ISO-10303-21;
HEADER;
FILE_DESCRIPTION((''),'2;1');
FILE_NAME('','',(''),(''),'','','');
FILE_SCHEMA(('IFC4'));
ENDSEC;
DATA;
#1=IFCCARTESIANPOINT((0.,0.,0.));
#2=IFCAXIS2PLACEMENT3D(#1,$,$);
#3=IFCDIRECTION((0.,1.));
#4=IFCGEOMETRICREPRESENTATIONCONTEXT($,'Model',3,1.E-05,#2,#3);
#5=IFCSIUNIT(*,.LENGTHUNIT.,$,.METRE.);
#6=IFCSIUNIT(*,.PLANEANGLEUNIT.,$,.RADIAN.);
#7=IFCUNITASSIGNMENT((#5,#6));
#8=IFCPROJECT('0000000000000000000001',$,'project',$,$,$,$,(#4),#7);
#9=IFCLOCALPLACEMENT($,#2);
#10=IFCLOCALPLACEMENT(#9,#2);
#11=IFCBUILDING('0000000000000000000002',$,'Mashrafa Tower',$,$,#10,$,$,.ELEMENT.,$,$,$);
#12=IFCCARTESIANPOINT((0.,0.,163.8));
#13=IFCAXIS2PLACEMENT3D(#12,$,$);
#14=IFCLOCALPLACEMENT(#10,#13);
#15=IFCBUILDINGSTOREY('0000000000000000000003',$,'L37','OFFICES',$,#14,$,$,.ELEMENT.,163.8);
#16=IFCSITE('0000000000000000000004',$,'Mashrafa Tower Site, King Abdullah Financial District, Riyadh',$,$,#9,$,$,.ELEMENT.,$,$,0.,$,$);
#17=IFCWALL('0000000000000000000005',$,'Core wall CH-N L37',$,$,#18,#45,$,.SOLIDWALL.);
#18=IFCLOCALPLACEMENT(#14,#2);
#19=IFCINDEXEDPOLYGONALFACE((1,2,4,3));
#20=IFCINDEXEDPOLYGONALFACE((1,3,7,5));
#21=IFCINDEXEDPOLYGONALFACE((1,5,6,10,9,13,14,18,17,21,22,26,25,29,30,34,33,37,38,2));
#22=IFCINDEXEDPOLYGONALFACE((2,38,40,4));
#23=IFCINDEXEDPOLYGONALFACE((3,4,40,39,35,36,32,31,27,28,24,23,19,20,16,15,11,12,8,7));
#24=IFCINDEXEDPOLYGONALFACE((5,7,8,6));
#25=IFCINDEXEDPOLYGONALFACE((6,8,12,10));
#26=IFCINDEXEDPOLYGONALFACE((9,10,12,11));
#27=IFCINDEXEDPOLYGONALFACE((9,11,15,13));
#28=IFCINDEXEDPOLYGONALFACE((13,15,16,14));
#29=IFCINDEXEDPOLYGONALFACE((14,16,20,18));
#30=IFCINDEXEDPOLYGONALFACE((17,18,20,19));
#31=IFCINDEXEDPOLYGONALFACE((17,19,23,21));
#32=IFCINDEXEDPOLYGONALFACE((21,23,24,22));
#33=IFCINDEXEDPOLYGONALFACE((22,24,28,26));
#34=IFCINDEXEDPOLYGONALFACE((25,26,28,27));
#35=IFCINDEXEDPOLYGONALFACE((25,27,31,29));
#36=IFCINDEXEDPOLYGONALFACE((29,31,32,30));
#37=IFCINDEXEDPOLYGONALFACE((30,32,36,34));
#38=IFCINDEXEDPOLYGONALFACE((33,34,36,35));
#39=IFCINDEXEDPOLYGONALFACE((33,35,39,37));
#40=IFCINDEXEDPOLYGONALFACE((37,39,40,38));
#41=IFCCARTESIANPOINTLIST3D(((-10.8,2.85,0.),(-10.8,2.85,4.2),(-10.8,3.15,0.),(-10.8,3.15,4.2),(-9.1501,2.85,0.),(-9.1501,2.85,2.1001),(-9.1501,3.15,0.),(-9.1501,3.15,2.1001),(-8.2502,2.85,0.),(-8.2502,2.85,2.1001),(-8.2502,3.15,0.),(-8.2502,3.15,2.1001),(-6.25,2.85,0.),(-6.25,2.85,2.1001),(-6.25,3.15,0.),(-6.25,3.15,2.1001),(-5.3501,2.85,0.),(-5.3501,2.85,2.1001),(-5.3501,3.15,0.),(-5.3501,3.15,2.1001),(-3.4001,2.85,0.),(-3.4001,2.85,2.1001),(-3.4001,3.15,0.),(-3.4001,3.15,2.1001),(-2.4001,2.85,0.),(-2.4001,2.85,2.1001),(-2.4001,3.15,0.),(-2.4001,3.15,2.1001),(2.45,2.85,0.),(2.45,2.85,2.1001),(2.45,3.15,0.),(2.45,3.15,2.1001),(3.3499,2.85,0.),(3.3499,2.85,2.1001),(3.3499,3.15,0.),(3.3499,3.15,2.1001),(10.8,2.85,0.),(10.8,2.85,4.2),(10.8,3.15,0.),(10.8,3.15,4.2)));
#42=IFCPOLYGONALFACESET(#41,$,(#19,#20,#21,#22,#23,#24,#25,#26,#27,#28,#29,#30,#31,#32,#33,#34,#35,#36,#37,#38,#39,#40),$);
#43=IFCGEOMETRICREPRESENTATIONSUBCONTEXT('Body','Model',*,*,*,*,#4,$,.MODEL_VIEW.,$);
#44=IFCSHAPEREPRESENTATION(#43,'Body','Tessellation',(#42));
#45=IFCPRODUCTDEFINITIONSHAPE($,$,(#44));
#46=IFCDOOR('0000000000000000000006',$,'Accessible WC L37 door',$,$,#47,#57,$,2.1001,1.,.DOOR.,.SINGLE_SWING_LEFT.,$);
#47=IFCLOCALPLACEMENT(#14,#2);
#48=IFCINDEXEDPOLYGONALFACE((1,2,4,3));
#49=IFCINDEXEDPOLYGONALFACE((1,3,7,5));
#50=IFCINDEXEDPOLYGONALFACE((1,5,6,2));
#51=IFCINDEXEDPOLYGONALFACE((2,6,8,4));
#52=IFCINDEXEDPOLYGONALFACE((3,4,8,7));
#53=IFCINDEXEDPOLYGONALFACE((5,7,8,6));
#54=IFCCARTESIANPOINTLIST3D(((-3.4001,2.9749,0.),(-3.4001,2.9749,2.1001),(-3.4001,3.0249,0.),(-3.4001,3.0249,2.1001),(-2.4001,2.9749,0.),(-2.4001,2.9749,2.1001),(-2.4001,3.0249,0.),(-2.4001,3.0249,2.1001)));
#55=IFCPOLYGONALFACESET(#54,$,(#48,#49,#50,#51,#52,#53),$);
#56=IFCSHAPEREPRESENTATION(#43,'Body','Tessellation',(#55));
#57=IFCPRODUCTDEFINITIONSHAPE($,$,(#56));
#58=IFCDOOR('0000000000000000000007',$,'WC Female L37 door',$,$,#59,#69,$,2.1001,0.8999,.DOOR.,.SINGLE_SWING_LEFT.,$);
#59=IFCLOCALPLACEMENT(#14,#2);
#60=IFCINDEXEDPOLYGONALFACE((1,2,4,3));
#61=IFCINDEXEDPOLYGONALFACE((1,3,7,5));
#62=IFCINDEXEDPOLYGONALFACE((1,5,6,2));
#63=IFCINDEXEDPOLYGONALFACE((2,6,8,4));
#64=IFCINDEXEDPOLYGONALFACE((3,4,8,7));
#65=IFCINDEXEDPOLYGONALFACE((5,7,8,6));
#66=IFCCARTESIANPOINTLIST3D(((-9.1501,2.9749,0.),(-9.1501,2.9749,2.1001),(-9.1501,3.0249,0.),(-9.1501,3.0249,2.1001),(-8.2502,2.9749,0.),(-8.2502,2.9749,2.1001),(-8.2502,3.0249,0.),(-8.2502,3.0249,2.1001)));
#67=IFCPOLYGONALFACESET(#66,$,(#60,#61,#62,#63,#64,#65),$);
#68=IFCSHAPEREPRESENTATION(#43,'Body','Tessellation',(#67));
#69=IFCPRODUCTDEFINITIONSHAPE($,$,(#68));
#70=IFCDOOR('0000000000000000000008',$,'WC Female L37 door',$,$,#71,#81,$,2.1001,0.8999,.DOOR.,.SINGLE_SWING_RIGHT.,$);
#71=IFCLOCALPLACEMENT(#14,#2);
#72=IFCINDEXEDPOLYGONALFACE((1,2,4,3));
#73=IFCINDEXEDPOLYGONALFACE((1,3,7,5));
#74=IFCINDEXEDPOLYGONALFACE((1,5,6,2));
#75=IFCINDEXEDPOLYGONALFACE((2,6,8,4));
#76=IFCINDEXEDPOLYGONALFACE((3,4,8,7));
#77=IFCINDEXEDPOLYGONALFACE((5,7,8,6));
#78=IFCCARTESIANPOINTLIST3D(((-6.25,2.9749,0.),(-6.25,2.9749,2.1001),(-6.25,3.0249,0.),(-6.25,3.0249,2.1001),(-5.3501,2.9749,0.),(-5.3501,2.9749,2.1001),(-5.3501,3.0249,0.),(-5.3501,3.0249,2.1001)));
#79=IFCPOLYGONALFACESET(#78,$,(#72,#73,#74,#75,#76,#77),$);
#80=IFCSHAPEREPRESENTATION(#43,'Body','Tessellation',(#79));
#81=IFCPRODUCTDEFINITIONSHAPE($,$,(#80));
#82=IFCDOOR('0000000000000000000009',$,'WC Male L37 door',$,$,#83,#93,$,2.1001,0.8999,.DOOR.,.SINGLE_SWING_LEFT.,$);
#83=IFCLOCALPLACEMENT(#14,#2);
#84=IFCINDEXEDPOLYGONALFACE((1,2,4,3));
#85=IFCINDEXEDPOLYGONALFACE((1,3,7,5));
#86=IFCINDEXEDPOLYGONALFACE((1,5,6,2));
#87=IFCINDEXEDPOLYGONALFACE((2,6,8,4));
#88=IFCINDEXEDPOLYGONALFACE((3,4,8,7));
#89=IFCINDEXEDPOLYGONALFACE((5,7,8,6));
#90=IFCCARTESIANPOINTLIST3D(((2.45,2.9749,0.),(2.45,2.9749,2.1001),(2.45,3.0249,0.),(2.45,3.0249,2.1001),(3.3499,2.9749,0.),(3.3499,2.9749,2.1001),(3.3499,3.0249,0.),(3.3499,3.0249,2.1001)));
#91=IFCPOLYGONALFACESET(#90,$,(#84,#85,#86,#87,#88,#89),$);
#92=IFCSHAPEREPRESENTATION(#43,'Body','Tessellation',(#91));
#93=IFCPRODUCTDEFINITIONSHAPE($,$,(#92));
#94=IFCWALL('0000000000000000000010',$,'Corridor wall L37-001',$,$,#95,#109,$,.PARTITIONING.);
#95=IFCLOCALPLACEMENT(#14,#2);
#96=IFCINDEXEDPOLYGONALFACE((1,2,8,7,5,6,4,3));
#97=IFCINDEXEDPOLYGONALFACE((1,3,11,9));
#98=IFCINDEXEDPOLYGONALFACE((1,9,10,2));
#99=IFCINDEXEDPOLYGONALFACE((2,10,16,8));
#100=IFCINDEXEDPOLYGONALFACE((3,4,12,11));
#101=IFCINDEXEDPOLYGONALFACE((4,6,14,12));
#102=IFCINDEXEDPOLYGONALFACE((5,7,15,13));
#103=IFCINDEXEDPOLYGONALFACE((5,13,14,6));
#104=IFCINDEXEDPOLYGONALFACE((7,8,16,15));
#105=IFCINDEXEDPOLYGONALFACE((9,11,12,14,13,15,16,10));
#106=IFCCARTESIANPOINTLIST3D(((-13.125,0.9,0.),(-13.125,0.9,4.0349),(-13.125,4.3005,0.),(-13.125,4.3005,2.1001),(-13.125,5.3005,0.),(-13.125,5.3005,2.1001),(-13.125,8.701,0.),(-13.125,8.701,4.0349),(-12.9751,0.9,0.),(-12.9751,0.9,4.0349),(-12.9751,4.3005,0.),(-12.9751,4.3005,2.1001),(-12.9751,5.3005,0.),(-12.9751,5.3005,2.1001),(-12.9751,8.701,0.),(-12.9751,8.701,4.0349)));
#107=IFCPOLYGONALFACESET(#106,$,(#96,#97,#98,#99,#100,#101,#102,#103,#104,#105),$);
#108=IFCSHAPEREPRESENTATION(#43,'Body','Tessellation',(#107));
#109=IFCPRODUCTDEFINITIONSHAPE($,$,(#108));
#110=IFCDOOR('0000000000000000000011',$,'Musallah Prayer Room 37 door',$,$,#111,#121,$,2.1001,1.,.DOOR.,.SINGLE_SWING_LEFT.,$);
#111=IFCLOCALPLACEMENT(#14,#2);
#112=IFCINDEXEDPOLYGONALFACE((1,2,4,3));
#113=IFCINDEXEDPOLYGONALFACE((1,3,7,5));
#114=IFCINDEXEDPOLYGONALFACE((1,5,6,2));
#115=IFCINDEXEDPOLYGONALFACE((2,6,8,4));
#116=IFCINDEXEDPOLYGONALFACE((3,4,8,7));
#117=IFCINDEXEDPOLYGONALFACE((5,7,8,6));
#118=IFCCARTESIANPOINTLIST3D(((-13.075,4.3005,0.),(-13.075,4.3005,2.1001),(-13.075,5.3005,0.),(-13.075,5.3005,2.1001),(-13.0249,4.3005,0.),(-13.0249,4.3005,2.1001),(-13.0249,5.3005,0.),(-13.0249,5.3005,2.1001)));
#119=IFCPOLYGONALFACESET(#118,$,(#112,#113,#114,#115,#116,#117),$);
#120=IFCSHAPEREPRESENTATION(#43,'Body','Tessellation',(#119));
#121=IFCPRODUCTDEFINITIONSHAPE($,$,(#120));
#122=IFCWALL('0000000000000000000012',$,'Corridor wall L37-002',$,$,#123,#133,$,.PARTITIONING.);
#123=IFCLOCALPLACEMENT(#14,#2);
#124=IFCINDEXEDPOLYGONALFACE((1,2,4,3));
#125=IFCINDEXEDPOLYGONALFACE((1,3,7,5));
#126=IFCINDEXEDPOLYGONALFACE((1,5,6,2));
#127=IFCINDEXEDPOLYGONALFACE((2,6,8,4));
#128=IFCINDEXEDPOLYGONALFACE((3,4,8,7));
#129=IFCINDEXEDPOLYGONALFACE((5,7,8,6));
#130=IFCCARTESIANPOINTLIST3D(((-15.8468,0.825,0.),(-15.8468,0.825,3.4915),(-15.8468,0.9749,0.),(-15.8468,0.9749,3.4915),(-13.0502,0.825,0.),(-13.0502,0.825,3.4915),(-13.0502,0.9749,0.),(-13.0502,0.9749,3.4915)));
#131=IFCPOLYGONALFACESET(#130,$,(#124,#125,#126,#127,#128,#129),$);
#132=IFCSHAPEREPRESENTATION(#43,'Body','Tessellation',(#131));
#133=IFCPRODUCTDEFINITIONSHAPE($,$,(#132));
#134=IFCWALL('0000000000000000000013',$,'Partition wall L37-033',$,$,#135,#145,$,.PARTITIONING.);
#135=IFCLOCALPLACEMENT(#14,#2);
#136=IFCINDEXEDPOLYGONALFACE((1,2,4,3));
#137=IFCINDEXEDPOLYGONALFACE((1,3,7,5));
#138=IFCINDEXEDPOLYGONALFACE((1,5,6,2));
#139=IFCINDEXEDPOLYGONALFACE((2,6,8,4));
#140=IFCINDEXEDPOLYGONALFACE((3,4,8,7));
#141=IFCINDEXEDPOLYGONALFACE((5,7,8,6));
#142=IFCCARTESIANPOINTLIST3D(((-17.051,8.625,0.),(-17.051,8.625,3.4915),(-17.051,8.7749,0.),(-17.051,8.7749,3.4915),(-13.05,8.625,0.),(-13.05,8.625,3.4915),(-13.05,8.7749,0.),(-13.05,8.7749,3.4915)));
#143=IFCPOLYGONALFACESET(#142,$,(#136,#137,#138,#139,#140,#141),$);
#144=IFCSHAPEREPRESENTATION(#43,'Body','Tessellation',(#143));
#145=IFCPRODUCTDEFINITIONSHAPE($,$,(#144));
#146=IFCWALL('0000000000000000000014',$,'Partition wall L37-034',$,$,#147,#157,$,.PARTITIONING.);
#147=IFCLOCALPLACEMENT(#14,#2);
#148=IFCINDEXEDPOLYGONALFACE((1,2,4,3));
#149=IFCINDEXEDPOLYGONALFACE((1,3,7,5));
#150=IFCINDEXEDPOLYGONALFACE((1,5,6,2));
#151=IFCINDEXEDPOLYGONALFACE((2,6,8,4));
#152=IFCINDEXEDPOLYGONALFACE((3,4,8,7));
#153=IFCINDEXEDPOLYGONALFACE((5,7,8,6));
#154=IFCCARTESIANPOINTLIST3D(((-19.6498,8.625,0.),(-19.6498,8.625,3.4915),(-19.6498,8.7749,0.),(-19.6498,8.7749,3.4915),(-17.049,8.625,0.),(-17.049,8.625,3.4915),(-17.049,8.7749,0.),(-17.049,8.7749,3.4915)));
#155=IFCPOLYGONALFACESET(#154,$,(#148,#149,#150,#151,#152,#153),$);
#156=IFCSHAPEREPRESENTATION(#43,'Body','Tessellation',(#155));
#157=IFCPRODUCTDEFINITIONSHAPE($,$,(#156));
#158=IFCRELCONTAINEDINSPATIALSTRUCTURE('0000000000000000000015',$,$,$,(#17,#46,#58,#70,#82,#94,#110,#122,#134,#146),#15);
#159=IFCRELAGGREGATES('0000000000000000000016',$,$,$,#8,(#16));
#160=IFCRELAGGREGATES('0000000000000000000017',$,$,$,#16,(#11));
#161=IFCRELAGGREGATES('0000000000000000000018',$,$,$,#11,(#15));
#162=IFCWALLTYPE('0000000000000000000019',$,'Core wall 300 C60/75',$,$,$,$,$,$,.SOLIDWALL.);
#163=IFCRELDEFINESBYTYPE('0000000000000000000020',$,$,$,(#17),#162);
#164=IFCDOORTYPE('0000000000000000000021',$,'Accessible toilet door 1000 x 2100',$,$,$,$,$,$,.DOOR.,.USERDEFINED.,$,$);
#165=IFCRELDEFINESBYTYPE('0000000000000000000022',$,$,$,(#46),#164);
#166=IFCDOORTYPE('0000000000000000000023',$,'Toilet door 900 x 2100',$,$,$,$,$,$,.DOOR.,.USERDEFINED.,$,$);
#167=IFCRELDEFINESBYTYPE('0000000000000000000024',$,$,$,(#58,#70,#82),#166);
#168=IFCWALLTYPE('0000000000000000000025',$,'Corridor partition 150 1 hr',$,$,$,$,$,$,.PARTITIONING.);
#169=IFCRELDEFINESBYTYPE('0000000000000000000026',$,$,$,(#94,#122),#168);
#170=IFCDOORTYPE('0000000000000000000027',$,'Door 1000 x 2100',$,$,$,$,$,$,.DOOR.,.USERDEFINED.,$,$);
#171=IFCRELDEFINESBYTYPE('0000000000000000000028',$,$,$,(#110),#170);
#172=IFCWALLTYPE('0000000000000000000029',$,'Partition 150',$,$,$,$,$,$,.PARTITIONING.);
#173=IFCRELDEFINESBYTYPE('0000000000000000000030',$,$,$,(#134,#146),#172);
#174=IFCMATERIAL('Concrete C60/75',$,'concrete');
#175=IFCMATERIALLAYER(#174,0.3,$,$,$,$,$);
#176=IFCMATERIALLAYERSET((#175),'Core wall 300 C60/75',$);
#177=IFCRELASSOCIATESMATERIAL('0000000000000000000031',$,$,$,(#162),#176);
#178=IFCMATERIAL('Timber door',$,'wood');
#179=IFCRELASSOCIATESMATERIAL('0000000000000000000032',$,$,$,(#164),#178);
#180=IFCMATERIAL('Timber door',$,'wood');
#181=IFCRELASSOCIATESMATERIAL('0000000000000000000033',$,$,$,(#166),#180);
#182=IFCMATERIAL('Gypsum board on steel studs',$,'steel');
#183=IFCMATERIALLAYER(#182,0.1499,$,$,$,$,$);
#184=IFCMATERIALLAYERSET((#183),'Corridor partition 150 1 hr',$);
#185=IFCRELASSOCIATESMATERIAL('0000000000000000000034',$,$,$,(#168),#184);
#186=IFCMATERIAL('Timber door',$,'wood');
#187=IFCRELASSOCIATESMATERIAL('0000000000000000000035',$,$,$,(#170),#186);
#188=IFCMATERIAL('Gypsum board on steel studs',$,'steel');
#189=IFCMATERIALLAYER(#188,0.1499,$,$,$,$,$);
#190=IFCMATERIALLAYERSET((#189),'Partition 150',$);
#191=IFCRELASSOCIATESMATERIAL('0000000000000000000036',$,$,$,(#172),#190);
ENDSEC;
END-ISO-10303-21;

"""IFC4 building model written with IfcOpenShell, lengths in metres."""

from ifc_helpers import new_model, si_unit, direction, frame, frame_2d, origin, place, context, subcontext, project, spatial, rectangle, extrude, material, layer, layer_set, type_object, element, fill, save


model = new_model("IFC4")

# Units and contexts
model_context = context("Model", 3, precision=1e-05, world=origin(), true_north=direction((0.0, 1.0)))
body_context = subcontext(model_context, "Body", "Model", "MODEL_VIEW")
ifc_project = project(units=[si_unit("LENGTHUNIT", "METRE"), si_unit("PLANEANGLEUNIT", "RADIAN")], contexts=[model_context])

# Site, building, storey
site_placement = place(None, origin())
site = spatial("IfcSite", under=ifc_project, at=site_placement, Name="Mashrafa Tower Site, King Abdullah Financial District, Riyadh", CompositionType="ELEMENT", RefElevation=0.0)
building_placement = place(site_placement, origin())
building = spatial("IfcBuilding", under=site, at=building_placement, Name="Mashrafa Tower", CompositionType="ELEMENT")
storey_placement = place(building_placement, frame((0.0, 0.0, 163.8)))
storey = spatial("IfcBuildingStorey", under=building, at=storey_placement, Name="L37", Description="OFFICES", CompositionType="ELEMENT", Elevation=163.8)

# Wall, openings, doors
ifc_material_1 = material(Name="Concrete C60/75", Category="concrete")
ifc_layer_1 = layer(ifc_material_1, 0.3)
ifc_layer_set_1 = layer_set([ifc_layer_1], Name="Core wall 300 C60/75")
wall_type_1 = type_object("IfcWallType", Name="Core wall 300 C60/75", PredefinedType="SOLIDWALL", material=ifc_layer_set_1)
wall_1_placement = place(storey_placement, frame((-10.8, 3.0, 0.0), z_axis=(0.0, 0.0, 1.0), x_axis=(1.0, 0.0, 0.0)))
wall_1 = element("IfcWall", 1, at=wall_1_placement, inside=storey, type_object=wall_type_1, Name="Core wall CH-N L37", PredefinedType="SOLIDWALL", context=body_context, shape_type="SweptSolid", body=[
    extrude(rectangle(XDim=21.6001, YDim=0.3, at=frame_2d((10.8, 0.0))), origin(), (0.0, 0.0, 1.0), 4.2),
])
opening_1_placement = place(wall_1_placement, frame((1.6499, 0.0, 0.0)))
opening_1 = element("IfcOpeningElement", 2, at=opening_1_placement, cuts=wall_1, PredefinedType="OPENING", context=body_context, shape_type="SweptSolid", body=[
    extrude(rectangle(XDim=0.8999, YDim=2.1001, at=frame_2d((0.45, 1.05))), frame((0.0, 0.1599, 0.0), z_axis=(0.0, -1.0, 0.0), x_axis=(1.0, 0.0, 0.0)), (0.0, 0.0, 1.0), 0.3201),
])
opening_2_placement = place(wall_1_placement, frame((4.55, 0.0, 0.0)))
opening_2 = element("IfcOpeningElement", 3, at=opening_2_placement, cuts=wall_1, PredefinedType="OPENING", context=body_context, shape_type="SweptSolid", body=[
    extrude(rectangle(XDim=0.8999, YDim=2.1001, at=frame_2d((0.45, 1.05))), frame((0.0, 0.1599, 0.0), z_axis=(0.0, -1.0, 0.0), x_axis=(1.0, 0.0, 0.0)), (0.0, 0.0, 1.0), 0.3201),
])
opening_3_placement = place(wall_1_placement, frame((7.3999, 0.0, 0.0)))
opening_3 = element("IfcOpeningElement", 4, at=opening_3_placement, cuts=wall_1, PredefinedType="OPENING", context=body_context, shape_type="SweptSolid", body=[
    extrude(rectangle(XDim=1.0, YDim=2.1001, at=frame_2d((0.5, 1.05))), frame((0.0, 0.1599, 0.0), z_axis=(0.0, -1.0, 0.0), x_axis=(1.0, 0.0, 0.0)), (0.0, 0.0, 1.0), 0.3201),
])
opening_4_placement = place(wall_1_placement, frame((13.25, 0.0, 0.0)))
opening_4 = element("IfcOpeningElement", 5, at=opening_4_placement, cuts=wall_1, PredefinedType="OPENING", context=body_context, shape_type="SweptSolid", body=[
    extrude(rectangle(XDim=0.8999, YDim=2.1001, at=frame_2d((0.45, 1.05))), frame((0.0, 0.1599, 0.0), z_axis=(0.0, -1.0, 0.0), x_axis=(1.0, 0.0, 0.0)), (0.0, 0.0, 1.0), 0.3201),
])
ifc_material_2 = material(Name="Timber door", Category="wood")
door_type_1 = type_object("IfcDoorType", Name="Accessible toilet door 1000 x 2100", OperationType="USERDEFINED", PredefinedType="DOOR", material=ifc_material_2)
door_1_placement = place(opening_3_placement, origin())
door_1 = element("IfcDoor", 6, at=door_1_placement, inside=storey, type_object=door_type_1, Name="Accessible WC L37 door", OperationType="SINGLE_SWING_LEFT", OverallHeight=2.1001, OverallWidth=1.0, PredefinedType="DOOR", context=body_context, shape_type="SweptSolid", body=[
    extrude(rectangle(XDim=1.0, YDim=2.1001, at=frame_2d((0.5, 1.05))), frame((0.0, 0.0249, 0.0), z_axis=(0.0, -1.0, 0.0), x_axis=(1.0, 0.0, 0.0)), (0.0, 0.0, 1.0), 0.05),
])
fill(opening_3, door_1)
ifc_material_3 = material(Name="Timber door", Category="wood")
door_type_2 = type_object("IfcDoorType", Name="Toilet door 900 x 2100", OperationType="USERDEFINED", PredefinedType="DOOR", material=ifc_material_3)
door_2_placement = place(opening_1_placement, origin())
door_2 = element("IfcDoor", 7, at=door_2_placement, inside=storey, type_object=door_type_2, Name="WC Female L37 door", OperationType="SINGLE_SWING_LEFT", OverallHeight=2.1001, OverallWidth=0.8999, PredefinedType="DOOR", context=body_context, shape_type="SweptSolid", body=[
    extrude(rectangle(XDim=0.8999, YDim=2.1001, at=frame_2d((0.45, 1.05))), frame((0.0, 0.0249, 0.0), z_axis=(0.0, -1.0, 0.0), x_axis=(1.0, 0.0, 0.0)), (0.0, 0.0, 1.0), 0.05),
])
fill(opening_1, door_2)
door_3_placement = place(opening_2_placement, origin())
door_3 = element("IfcDoor", 8, at=door_3_placement, inside=storey, type_object=door_type_2, Name="WC Female L37 door", OperationType="SINGLE_SWING_RIGHT", OverallHeight=2.1001, OverallWidth=0.8999, PredefinedType="DOOR", context=body_context, shape_type="SweptSolid", body=[
    extrude(rectangle(XDim=0.8999, YDim=2.1001, at=frame_2d((0.45, 1.05))), frame((0.0, 0.0249, 0.0), z_axis=(0.0, -1.0, 0.0), x_axis=(1.0, 0.0, 0.0)), (0.0, 0.0, 1.0), 0.05),
])
fill(opening_2, door_3)
door_4_placement = place(opening_4_placement, origin())
door_4 = element("IfcDoor", 9, at=door_4_placement, inside=storey, type_object=door_type_2, Name="WC Male L37 door", OperationType="SINGLE_SWING_LEFT", OverallHeight=2.1001, OverallWidth=0.8999, PredefinedType="DOOR", context=body_context, shape_type="SweptSolid", body=[
    extrude(rectangle(XDim=0.8999, YDim=2.1001, at=frame_2d((0.45, 1.05))), frame((0.0, 0.0249, 0.0), z_axis=(0.0, -1.0, 0.0), x_axis=(1.0, 0.0, 0.0)), (0.0, 0.0, 1.0), 0.05),
])
fill(opening_4, door_4)

# Wall, opening, door
ifc_material_4 = material(Name="Gypsum board on steel studs", Category="steel")
ifc_layer_2 = layer(ifc_material_4, 0.1499)
ifc_layer_set_2 = layer_set([ifc_layer_2], Name="Corridor partition 150 1 hr")
wall_type_2 = type_object("IfcWallType", Name="Corridor partition 150 1 hr", PredefinedType="PARTITIONING", material=ifc_layer_set_2)
wall_2_placement = place(storey_placement, frame((-13.05, 8.7009, 0.0), z_axis=(0.0, 0.0, 1.0), x_axis=(0.0, -1.0, 0.0)))
wall_2 = element("IfcWall", 10, at=wall_2_placement, inside=storey, type_object=wall_type_2, Name="Corridor wall L37-001", PredefinedType="PARTITIONING", context=body_context, shape_type="SweptSolid", body=[
    extrude(rectangle(XDim=7.801, YDim=0.1499, at=frame_2d((3.9004, 0.0))), origin(), (0.0, 0.0, 1.0), 4.0349),
])
opening_5_placement = place(wall_2_placement, frame((3.4004, 0.0, 0.0)))
opening_5 = element("IfcOpeningElement", 11, at=opening_5_placement, cuts=wall_2, PredefinedType="OPENING", context=body_context, shape_type="SweptSolid", body=[
    extrude(rectangle(XDim=1.0, YDim=2.1001, at=frame_2d((0.5, 1.05))), frame((0.0, 0.085, 0.0), z_axis=(0.0, -1.0, 0.0), x_axis=(1.0, 0.0, 0.0)), (0.0, 0.0, 1.0), 0.1699),
])
ifc_material_5 = material(Name="Timber door", Category="wood")
door_type_3 = type_object("IfcDoorType", Name="Door 1000 x 2100", OperationType="USERDEFINED", PredefinedType="DOOR", material=ifc_material_5)
door_5_placement = place(opening_5_placement, frame((1.0, 0.0, 0.0), z_axis=(0.0, 0.0, 1.0), x_axis=(-1.0, 0.0, 0.0)))
door_5 = element("IfcDoor", 12, at=door_5_placement, inside=storey, type_object=door_type_3, Name="Musallah Prayer Room 37 door", OperationType="SINGLE_SWING_LEFT", OverallHeight=2.1001, OverallWidth=1.0, PredefinedType="DOOR", context=body_context, shape_type="SweptSolid", body=[
    extrude(rectangle(XDim=1.0, YDim=2.1001, at=frame_2d((0.5, 1.05))), frame((0.0, 0.0249, 0.0), z_axis=(0.0, -1.0, 0.0), x_axis=(1.0, 0.0, 0.0)), (0.0, 0.0, 1.0), 0.05),
])
fill(opening_5, door_5)

# Wall
wall_3_placement = place(storey_placement, frame((-13.05, 0.8999, 0.0), z_axis=(0.0, 0.0, 1.0), x_axis=(-1.0, 0.0, 0.0)))
element("IfcWall", 13, at=wall_3_placement, inside=storey, type_object=wall_type_2, Name="Corridor wall L37-002", PredefinedType="PARTITIONING", context=body_context, shape_type="SweptSolid", body=[
    extrude(rectangle(XDim=2.7966, YDim=0.1499, at=frame_2d((1.3984, 0.0))), origin(), (0.0, 0.0, 1.0), 3.4915),
])

# Walls
ifc_material_6 = material(Name="Gypsum board on steel studs", Category="steel")
ifc_layer_3 = layer(ifc_material_6, 0.1499)
ifc_layer_set_3 = layer_set([ifc_layer_3], Name="Partition 150")
wall_type_3 = type_object("IfcWallType", Name="Partition 150", PredefinedType="PARTITIONING", material=ifc_layer_set_3)
wall_4_placement = place(storey_placement, frame((-13.05, 8.7, 0.0), z_axis=(0.0, 0.0, 1.0), x_axis=(-1.0, 0.0, 0.0)))
element("IfcWall", 14, at=wall_4_placement, inside=storey, type_object=wall_type_3, Name="Partition wall L37-033", PredefinedType="PARTITIONING", context=body_context, shape_type="SweptSolid", body=[
    extrude(rectangle(XDim=4.001, YDim=0.1499, at=frame_2d((2.0005, 0.0))), origin(), (0.0, 0.0, 1.0), 3.4915),
])
wall_5_placement = place(storey_placement, frame((-17.0491, 8.7, 0.0), z_axis=(0.0, 0.0, 1.0), x_axis=(-1.0, 0.0, 0.0)))
element("IfcWall", 15, at=wall_5_placement, inside=storey, type_object=wall_type_3, Name="Partition wall L37-034", PredefinedType="PARTITIONING", context=body_context, shape_type="SweptSolid", body=[
    extrude(rectangle(XDim=2.6008, YDim=0.1499, at=frame_2d((1.3003, 0.0))), origin(), (0.0, 0.0, 1.0), 3.4915),
])

save(model, "model.ifc")
